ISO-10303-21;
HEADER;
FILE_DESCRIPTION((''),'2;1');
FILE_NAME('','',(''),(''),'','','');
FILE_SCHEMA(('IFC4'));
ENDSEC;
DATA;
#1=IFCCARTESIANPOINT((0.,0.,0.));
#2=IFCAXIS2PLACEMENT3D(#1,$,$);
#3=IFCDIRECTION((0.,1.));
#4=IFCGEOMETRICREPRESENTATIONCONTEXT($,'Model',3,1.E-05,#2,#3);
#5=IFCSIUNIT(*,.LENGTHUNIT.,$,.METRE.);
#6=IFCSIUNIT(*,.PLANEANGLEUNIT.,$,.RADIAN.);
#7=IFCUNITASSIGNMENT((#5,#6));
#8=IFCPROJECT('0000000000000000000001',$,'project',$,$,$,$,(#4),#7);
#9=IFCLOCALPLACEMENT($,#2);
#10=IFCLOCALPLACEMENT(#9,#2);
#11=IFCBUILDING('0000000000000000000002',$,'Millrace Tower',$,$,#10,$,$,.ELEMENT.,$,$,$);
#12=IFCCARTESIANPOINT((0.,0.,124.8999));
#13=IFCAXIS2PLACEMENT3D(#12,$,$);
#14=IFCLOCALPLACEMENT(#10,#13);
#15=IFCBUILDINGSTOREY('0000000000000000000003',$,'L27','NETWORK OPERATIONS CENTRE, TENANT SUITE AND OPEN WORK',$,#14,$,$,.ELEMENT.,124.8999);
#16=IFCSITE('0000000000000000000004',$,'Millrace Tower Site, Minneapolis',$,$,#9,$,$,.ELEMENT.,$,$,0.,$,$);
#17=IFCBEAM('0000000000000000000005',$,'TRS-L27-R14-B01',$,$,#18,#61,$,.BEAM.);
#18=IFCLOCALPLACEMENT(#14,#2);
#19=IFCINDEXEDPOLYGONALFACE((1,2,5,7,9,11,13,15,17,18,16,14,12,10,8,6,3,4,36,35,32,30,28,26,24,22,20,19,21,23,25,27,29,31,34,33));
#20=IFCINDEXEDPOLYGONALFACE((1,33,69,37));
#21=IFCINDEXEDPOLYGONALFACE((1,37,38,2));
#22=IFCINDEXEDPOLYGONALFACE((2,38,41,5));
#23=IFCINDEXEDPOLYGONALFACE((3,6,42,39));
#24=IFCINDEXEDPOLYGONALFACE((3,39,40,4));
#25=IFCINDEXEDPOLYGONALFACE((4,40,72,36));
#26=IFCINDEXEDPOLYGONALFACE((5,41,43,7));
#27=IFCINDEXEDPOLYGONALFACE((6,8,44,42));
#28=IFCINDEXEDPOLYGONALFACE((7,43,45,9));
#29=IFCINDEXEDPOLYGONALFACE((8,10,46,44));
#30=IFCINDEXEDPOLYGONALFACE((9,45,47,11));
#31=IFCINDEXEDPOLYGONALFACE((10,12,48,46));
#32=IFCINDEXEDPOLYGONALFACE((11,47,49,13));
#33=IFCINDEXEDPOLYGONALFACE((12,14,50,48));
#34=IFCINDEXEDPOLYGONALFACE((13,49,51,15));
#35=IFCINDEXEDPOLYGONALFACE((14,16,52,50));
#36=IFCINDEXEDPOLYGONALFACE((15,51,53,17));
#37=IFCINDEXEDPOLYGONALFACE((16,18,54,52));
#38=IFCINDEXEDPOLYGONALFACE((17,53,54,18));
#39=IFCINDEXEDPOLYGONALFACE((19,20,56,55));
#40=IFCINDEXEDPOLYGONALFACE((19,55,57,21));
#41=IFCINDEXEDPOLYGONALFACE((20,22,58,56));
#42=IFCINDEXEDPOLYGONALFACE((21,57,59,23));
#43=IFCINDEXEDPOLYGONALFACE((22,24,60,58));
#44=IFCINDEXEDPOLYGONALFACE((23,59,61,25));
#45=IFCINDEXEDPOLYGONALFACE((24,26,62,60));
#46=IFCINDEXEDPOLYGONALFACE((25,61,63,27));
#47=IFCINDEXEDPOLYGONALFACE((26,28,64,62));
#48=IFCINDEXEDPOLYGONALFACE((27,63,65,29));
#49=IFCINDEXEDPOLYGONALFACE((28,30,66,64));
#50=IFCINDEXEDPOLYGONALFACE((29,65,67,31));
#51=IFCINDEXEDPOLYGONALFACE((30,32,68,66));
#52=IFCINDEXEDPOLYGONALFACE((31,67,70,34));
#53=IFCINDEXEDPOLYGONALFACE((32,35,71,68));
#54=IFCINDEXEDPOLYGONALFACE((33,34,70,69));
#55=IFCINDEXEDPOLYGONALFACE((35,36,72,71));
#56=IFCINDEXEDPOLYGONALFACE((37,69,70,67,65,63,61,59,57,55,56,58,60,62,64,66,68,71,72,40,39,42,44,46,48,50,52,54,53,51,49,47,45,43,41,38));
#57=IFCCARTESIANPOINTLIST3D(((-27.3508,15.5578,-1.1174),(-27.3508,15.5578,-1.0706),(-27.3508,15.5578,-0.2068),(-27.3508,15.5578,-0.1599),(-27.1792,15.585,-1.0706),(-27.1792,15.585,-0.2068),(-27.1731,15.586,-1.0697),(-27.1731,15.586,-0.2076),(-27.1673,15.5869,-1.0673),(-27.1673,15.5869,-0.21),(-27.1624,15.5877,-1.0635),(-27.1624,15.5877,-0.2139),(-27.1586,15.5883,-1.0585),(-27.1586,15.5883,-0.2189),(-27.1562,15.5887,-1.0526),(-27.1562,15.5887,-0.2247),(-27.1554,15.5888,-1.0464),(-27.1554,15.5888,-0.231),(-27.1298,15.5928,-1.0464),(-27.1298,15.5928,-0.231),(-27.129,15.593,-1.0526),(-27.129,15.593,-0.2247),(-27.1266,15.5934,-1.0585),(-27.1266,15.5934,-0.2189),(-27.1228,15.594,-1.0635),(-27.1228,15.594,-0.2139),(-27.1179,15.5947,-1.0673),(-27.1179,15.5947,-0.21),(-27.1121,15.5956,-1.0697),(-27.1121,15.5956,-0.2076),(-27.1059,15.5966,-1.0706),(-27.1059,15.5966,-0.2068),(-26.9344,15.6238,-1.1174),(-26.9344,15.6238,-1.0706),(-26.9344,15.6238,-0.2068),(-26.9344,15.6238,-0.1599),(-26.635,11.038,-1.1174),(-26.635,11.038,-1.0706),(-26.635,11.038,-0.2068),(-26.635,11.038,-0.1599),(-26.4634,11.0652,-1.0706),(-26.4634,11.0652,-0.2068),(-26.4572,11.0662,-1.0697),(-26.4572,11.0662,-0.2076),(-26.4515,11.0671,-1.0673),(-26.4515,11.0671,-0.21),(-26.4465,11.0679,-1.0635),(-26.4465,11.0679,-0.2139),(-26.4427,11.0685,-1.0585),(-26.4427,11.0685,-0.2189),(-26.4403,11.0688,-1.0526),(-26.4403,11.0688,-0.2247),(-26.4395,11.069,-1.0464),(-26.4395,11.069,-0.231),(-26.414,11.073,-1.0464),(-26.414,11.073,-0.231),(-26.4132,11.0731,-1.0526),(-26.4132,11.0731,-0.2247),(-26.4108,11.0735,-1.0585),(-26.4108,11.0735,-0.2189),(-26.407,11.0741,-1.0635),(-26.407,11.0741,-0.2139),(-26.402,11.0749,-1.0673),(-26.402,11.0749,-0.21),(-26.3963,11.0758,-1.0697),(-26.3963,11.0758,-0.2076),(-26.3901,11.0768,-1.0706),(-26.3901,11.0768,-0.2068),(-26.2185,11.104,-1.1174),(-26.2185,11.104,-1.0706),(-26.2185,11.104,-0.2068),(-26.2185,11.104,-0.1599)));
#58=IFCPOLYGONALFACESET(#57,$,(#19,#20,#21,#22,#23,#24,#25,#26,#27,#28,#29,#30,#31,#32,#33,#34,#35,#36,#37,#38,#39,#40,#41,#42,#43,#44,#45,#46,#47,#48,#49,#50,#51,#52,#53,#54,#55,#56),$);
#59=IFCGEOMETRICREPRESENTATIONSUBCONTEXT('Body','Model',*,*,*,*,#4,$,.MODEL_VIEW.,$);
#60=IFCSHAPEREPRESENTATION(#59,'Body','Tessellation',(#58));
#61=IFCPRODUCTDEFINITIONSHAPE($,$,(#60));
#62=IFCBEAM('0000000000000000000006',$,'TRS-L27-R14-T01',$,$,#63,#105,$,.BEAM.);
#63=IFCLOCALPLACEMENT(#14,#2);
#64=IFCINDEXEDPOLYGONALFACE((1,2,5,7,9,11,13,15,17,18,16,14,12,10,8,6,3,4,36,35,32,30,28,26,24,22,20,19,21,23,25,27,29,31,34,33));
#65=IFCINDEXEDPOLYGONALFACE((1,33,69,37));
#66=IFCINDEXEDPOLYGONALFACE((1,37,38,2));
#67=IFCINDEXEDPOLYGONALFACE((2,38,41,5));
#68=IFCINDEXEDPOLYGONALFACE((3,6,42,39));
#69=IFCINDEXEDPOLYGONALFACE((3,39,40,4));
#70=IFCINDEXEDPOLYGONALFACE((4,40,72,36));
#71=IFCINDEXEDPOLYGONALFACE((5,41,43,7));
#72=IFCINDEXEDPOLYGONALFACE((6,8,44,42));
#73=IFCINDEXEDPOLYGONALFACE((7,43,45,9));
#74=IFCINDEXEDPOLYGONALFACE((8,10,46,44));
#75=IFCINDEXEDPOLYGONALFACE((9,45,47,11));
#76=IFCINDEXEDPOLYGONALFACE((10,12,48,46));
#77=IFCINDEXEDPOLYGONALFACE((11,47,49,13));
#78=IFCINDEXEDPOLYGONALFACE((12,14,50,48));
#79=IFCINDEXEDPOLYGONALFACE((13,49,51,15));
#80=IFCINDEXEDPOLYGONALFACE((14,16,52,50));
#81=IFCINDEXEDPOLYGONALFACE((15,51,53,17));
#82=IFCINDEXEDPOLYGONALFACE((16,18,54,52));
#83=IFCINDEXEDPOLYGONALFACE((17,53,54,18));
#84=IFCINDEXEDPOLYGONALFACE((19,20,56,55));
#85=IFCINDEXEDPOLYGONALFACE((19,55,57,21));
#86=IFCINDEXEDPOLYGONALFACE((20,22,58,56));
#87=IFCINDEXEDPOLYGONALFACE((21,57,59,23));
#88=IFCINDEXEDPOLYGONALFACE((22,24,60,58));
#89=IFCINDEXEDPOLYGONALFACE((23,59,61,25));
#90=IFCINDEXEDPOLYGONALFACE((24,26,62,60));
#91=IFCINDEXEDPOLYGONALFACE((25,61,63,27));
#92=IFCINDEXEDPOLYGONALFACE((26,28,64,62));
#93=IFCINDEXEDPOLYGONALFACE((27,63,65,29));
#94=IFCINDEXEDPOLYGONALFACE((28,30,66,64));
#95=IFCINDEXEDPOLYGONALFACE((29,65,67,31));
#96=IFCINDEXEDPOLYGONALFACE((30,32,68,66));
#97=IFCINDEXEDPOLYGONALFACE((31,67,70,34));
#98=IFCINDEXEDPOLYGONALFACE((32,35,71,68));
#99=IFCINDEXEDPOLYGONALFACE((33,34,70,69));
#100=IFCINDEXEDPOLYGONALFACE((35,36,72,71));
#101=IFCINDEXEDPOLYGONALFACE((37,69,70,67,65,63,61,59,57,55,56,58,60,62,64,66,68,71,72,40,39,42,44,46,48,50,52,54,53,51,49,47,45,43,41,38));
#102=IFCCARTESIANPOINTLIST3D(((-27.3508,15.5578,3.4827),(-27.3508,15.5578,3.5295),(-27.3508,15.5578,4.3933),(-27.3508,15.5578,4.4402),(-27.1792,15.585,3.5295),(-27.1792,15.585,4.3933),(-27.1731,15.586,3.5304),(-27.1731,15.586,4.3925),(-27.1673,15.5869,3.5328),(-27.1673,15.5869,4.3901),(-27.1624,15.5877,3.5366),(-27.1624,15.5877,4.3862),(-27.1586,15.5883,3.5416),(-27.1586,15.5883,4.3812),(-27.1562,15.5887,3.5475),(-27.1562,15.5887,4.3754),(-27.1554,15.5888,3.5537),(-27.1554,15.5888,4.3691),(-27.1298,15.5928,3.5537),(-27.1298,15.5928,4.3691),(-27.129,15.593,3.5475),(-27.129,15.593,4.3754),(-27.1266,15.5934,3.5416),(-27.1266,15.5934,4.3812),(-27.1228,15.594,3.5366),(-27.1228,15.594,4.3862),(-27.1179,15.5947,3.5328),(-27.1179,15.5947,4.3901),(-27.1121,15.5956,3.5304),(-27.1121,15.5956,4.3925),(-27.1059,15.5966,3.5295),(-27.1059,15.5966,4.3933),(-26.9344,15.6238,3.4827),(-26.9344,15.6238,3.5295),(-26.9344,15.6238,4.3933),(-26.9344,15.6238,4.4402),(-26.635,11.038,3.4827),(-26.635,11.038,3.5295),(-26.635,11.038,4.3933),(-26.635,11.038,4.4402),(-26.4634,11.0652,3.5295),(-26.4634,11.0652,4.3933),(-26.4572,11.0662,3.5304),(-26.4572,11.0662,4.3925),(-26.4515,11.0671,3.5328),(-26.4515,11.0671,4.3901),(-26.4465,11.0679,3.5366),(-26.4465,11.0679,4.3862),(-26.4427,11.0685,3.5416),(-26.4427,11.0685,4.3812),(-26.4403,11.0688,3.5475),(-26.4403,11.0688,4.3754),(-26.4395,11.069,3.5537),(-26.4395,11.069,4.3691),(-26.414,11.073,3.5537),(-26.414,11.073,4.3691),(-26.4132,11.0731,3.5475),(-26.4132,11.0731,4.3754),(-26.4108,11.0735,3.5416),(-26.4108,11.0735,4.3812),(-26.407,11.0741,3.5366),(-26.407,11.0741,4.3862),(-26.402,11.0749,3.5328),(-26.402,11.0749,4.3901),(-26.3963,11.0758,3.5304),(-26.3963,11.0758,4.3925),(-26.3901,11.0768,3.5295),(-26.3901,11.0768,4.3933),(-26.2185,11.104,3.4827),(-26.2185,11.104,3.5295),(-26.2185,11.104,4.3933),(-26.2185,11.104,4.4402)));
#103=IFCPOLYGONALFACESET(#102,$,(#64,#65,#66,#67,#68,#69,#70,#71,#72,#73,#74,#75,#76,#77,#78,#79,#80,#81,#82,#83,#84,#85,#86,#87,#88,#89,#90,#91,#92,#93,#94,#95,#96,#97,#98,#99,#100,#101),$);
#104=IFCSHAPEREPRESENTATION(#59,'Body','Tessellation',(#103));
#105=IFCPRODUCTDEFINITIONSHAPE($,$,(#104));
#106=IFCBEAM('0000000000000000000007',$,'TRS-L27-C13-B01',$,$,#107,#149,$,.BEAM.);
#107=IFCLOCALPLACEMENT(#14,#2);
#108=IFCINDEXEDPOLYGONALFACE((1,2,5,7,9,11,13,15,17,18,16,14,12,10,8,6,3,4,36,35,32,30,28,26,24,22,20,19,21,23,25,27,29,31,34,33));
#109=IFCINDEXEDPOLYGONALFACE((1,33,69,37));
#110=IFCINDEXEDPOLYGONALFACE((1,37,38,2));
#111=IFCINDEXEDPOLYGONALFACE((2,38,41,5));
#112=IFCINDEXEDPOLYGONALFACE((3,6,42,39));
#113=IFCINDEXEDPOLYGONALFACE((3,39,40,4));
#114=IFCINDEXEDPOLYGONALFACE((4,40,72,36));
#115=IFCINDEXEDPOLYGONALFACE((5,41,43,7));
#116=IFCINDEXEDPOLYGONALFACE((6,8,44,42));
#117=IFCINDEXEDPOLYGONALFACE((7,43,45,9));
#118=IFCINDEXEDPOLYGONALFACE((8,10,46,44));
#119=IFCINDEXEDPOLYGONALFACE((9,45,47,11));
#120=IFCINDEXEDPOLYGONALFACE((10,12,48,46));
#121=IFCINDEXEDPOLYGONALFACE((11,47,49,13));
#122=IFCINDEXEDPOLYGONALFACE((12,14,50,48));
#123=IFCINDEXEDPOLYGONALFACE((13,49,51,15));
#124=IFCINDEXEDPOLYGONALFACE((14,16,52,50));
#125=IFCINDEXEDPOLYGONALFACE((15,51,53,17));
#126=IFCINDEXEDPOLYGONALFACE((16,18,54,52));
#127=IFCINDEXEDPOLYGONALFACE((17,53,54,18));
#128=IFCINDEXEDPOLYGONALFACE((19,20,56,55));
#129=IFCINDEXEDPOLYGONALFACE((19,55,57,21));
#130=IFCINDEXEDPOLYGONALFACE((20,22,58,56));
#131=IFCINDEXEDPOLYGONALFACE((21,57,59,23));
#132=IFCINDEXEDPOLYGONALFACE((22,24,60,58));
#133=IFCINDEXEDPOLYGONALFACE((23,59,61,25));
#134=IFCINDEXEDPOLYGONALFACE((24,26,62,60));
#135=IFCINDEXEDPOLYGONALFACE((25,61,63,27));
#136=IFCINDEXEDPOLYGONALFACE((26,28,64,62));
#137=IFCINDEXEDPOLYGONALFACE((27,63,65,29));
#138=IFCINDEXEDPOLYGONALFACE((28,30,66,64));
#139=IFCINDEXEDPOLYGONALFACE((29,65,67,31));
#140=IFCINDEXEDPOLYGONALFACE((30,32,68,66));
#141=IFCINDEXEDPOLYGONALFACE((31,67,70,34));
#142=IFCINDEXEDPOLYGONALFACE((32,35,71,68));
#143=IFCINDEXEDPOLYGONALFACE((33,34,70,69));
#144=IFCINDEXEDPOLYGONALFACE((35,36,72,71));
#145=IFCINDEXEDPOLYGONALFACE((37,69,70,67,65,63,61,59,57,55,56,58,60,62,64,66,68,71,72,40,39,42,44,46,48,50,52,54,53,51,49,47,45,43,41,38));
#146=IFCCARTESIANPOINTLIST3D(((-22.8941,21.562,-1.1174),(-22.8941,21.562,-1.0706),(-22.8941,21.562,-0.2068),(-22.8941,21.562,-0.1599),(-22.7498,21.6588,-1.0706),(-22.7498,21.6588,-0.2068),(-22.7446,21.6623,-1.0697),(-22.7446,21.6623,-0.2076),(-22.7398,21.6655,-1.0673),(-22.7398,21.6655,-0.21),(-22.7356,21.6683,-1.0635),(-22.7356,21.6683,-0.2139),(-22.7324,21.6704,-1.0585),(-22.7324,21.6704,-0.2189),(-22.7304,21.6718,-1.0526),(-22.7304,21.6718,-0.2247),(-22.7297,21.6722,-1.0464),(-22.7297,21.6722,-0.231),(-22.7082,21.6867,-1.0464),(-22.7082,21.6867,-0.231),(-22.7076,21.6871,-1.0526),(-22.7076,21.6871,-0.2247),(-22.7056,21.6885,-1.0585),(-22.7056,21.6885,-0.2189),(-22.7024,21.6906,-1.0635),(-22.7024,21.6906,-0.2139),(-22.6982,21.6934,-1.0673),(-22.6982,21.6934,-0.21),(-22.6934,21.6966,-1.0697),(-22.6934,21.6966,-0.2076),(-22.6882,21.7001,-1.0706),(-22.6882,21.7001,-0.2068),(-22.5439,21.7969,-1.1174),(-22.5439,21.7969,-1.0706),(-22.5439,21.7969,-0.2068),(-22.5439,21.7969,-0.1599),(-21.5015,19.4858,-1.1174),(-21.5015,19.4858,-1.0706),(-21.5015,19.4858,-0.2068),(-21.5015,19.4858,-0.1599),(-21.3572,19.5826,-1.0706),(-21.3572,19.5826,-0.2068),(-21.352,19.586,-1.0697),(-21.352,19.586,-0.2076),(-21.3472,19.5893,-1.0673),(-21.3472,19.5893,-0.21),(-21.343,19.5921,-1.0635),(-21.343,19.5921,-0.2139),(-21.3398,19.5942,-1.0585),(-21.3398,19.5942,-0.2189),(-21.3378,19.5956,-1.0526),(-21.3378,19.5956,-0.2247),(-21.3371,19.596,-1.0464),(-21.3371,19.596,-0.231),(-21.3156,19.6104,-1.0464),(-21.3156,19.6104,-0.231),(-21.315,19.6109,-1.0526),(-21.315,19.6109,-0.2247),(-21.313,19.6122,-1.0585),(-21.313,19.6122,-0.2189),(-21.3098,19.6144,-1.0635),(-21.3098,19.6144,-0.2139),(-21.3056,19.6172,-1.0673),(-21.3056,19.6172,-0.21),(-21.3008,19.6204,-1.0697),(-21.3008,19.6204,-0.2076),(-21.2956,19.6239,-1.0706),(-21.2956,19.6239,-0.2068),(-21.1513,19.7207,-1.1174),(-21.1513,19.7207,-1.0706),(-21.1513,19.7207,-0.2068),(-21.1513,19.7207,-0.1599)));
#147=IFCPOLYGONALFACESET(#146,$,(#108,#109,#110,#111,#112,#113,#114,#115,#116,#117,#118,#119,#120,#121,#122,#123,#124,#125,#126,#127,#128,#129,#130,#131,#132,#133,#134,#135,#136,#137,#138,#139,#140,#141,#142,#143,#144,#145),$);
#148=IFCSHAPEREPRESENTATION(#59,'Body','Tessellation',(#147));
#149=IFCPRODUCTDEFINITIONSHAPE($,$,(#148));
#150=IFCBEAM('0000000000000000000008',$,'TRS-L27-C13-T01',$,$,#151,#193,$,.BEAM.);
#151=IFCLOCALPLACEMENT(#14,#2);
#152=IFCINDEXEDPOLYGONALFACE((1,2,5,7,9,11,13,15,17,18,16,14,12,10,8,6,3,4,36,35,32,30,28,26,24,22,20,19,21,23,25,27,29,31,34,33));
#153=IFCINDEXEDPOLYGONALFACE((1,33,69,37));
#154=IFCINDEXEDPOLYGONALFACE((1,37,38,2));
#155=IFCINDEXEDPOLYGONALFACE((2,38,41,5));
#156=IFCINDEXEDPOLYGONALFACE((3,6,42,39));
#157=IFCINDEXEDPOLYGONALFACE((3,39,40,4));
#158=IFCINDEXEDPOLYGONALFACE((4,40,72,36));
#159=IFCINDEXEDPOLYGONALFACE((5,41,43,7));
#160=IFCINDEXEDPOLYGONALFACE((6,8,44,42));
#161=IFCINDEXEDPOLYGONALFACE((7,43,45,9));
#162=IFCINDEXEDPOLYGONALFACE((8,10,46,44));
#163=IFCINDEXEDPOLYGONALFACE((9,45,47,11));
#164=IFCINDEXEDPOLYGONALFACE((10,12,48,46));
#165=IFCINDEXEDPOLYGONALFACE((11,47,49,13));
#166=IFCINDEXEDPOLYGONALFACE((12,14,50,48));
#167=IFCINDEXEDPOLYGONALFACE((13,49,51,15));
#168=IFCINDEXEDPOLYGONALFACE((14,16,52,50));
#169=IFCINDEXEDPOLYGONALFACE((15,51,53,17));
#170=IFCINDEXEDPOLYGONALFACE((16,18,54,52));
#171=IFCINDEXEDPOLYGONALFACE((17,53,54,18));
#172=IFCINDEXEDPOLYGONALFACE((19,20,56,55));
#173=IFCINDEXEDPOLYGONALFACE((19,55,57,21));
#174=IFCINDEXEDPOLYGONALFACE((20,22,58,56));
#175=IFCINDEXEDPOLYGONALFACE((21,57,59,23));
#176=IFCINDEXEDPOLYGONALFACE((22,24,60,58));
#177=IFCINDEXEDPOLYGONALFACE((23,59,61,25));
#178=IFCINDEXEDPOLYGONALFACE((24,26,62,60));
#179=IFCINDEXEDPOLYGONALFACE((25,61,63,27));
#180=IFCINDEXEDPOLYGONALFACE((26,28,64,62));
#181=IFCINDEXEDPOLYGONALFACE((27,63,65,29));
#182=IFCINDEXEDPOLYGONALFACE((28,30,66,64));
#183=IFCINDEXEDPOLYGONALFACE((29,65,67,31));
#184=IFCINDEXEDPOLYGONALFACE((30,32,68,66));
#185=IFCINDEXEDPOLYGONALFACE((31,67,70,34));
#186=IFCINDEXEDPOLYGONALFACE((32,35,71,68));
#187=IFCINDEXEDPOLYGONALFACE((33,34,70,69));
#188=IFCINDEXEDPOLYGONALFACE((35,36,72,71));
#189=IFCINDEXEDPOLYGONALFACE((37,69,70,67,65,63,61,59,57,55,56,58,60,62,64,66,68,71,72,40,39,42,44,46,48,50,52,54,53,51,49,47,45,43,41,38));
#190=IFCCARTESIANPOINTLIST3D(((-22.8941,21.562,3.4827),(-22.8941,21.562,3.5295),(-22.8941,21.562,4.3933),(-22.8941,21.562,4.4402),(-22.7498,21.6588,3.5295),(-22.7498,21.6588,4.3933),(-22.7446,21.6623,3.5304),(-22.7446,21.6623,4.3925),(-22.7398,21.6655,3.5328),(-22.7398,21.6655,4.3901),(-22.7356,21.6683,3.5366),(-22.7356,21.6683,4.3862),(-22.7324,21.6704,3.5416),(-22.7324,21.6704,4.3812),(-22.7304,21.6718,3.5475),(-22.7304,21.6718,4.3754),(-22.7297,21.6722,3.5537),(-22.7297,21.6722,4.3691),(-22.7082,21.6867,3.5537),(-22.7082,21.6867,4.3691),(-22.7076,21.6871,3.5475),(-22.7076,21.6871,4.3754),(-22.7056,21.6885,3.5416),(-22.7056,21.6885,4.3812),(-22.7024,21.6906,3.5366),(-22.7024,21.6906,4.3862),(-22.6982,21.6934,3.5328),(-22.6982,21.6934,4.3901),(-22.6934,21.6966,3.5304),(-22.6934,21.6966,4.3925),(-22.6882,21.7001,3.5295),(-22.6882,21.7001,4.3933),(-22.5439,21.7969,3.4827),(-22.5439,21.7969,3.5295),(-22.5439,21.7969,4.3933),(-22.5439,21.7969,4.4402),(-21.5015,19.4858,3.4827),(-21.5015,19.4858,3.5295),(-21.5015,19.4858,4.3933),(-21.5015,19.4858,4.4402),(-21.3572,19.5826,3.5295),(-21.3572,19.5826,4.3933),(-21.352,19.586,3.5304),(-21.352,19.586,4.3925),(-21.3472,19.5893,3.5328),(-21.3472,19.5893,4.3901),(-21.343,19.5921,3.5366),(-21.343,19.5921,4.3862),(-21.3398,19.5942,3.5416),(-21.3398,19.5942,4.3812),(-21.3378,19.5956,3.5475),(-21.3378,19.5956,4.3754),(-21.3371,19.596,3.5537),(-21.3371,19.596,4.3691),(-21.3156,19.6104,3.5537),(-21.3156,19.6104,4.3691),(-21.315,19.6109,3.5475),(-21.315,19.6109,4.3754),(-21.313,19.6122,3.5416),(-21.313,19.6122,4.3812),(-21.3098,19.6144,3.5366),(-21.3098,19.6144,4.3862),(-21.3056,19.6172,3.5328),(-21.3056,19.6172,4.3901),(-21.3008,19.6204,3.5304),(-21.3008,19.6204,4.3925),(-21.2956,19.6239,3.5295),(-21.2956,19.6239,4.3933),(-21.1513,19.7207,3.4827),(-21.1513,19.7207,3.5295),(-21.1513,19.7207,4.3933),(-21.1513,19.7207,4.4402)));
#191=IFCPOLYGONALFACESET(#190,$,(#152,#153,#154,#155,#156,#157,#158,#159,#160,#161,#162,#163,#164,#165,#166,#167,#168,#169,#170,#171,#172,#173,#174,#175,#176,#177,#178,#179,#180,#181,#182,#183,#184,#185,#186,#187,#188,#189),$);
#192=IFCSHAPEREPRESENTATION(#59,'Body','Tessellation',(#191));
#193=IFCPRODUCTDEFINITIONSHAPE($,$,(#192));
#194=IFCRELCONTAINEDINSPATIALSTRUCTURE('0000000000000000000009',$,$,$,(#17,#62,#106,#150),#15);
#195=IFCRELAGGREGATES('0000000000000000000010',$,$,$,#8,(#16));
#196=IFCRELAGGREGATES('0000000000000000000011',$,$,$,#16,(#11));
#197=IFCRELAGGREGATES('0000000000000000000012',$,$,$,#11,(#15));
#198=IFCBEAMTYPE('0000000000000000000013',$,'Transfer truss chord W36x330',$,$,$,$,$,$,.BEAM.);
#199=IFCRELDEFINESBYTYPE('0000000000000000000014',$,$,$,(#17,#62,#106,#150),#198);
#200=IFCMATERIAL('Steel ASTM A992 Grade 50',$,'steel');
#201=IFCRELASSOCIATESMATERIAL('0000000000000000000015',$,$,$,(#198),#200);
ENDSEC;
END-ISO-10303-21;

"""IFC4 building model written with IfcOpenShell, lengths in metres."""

from ifc_helpers import new_model, si_unit, direction, frame, origin, origin_2d, place, context, subcontext, project, spatial, i_section, extrude, material, material_profile, profile_set, type_object, element, save


model = new_model("IFC4")

# Units and contexts
model_context = context("Model", 3, precision=1e-05, world=origin(), true_north=direction((0.0, 1.0)))
body_context = subcontext(model_context, "Body", "Model", "MODEL_VIEW")
ifc_project = project(units=[si_unit("LENGTHUNIT", "METRE"), si_unit("PLANEANGLEUNIT", "RADIAN")], contexts=[model_context])

# Site, building, storey
site_placement = place(None, origin())
site = spatial("IfcSite", under=ifc_project, at=site_placement, Name="Millrace Tower Site, Minneapolis", CompositionType="ELEMENT", RefElevation=0.0)
building_placement = place(site_placement, origin())
building = spatial("IfcBuilding", under=site, at=building_placement, Name="Millrace Tower", CompositionType="ELEMENT")
storey_placement = place(building_placement, frame((0.0, 0.0, 124.8999)))
storey = spatial("IfcBuildingStorey", under=building, at=storey_placement, Name="L27", Description="NETWORK OPERATIONS CENTRE, TENANT SUITE AND OPEN WORK", CompositionType="ELEMENT", Elevation=124.8999)

# Beams
ifc_material_1 = material(Name="Steel ASTM A992 Grade 50", Category="steel")
ifc_material_profile_1 = material_profile(ifc_material_1, i_section(OverallWidth=0.4216, OverallDepth=0.9575, WebThickness=0.0259, FlangeThickness=0.0469, FilletRadius=0.0242, at=origin_2d()))
ifc_profile_set_1 = profile_set([ifc_material_profile_1], Name="Steel ASTM A992 Grade 50")
beam_type_1 = type_object("IfcBeamType", Name="Transfer truss chord W36x330", PredefinedType="BEAM", material=ifc_profile_set_1)
for number, where, z_axis, x_axis, name in (
    (1, (-27.1426, 15.5908, -0.6387), (0.156426, -0.98769, 0.0), (0.98769, 0.156426, 0.0), "TRS-L27-R14-B01"),
    (2, (-27.1426, 15.5908, 3.9614), (0.156426, -0.98769, 0.0), (0.98769, 0.156426, 0.0), "TRS-L27-R14-T01"),
):
    element("IfcBeam", number, at=place(storey_placement, frame(where, z_axis=z_axis, x_axis=x_axis)), inside=storey, type_object=beam_type_1, Name=name, PredefinedType="BEAM", context=body_context, shape_type="SweptSolid", body=[
        extrude(i_section(OverallWidth=0.4216, OverallDepth=0.9575, WebThickness=0.0259, FlangeThickness=0.0469, FilletRadius=0.0242, at=origin_2d()), origin(), (0.0, 0.0, 1.0), 4.5762),
    ])
for number, where, z_axis, x_axis, name in (
    (3, (-22.719, 21.6794, -0.6387), (0.557042, -0.830484, 0.0), (0.830484, 0.557042, 0.0), "TRS-L27-C13-B01"),
    (4, (-22.719, 21.6794, 3.9614), (0.557042, -0.830484, 0.0), (0.830484, 0.557042, 0.0), "TRS-L27-C13-T01"),
):
    element("IfcBeam", number, at=place(storey_placement, frame(where, z_axis=z_axis, x_axis=x_axis)), inside=storey, type_object=beam_type_1, Name=name, PredefinedType="BEAM", context=body_context, shape_type="SweptSolid", body=[
        extrude(i_section(OverallWidth=0.4216, OverallDepth=0.9575, WebThickness=0.0259, FlangeThickness=0.0469, FilletRadius=0.0242, at=origin_2d()), origin(), (0.0, 0.0, 1.0), 2.5),
    ])

save(model, "model.ifc")
